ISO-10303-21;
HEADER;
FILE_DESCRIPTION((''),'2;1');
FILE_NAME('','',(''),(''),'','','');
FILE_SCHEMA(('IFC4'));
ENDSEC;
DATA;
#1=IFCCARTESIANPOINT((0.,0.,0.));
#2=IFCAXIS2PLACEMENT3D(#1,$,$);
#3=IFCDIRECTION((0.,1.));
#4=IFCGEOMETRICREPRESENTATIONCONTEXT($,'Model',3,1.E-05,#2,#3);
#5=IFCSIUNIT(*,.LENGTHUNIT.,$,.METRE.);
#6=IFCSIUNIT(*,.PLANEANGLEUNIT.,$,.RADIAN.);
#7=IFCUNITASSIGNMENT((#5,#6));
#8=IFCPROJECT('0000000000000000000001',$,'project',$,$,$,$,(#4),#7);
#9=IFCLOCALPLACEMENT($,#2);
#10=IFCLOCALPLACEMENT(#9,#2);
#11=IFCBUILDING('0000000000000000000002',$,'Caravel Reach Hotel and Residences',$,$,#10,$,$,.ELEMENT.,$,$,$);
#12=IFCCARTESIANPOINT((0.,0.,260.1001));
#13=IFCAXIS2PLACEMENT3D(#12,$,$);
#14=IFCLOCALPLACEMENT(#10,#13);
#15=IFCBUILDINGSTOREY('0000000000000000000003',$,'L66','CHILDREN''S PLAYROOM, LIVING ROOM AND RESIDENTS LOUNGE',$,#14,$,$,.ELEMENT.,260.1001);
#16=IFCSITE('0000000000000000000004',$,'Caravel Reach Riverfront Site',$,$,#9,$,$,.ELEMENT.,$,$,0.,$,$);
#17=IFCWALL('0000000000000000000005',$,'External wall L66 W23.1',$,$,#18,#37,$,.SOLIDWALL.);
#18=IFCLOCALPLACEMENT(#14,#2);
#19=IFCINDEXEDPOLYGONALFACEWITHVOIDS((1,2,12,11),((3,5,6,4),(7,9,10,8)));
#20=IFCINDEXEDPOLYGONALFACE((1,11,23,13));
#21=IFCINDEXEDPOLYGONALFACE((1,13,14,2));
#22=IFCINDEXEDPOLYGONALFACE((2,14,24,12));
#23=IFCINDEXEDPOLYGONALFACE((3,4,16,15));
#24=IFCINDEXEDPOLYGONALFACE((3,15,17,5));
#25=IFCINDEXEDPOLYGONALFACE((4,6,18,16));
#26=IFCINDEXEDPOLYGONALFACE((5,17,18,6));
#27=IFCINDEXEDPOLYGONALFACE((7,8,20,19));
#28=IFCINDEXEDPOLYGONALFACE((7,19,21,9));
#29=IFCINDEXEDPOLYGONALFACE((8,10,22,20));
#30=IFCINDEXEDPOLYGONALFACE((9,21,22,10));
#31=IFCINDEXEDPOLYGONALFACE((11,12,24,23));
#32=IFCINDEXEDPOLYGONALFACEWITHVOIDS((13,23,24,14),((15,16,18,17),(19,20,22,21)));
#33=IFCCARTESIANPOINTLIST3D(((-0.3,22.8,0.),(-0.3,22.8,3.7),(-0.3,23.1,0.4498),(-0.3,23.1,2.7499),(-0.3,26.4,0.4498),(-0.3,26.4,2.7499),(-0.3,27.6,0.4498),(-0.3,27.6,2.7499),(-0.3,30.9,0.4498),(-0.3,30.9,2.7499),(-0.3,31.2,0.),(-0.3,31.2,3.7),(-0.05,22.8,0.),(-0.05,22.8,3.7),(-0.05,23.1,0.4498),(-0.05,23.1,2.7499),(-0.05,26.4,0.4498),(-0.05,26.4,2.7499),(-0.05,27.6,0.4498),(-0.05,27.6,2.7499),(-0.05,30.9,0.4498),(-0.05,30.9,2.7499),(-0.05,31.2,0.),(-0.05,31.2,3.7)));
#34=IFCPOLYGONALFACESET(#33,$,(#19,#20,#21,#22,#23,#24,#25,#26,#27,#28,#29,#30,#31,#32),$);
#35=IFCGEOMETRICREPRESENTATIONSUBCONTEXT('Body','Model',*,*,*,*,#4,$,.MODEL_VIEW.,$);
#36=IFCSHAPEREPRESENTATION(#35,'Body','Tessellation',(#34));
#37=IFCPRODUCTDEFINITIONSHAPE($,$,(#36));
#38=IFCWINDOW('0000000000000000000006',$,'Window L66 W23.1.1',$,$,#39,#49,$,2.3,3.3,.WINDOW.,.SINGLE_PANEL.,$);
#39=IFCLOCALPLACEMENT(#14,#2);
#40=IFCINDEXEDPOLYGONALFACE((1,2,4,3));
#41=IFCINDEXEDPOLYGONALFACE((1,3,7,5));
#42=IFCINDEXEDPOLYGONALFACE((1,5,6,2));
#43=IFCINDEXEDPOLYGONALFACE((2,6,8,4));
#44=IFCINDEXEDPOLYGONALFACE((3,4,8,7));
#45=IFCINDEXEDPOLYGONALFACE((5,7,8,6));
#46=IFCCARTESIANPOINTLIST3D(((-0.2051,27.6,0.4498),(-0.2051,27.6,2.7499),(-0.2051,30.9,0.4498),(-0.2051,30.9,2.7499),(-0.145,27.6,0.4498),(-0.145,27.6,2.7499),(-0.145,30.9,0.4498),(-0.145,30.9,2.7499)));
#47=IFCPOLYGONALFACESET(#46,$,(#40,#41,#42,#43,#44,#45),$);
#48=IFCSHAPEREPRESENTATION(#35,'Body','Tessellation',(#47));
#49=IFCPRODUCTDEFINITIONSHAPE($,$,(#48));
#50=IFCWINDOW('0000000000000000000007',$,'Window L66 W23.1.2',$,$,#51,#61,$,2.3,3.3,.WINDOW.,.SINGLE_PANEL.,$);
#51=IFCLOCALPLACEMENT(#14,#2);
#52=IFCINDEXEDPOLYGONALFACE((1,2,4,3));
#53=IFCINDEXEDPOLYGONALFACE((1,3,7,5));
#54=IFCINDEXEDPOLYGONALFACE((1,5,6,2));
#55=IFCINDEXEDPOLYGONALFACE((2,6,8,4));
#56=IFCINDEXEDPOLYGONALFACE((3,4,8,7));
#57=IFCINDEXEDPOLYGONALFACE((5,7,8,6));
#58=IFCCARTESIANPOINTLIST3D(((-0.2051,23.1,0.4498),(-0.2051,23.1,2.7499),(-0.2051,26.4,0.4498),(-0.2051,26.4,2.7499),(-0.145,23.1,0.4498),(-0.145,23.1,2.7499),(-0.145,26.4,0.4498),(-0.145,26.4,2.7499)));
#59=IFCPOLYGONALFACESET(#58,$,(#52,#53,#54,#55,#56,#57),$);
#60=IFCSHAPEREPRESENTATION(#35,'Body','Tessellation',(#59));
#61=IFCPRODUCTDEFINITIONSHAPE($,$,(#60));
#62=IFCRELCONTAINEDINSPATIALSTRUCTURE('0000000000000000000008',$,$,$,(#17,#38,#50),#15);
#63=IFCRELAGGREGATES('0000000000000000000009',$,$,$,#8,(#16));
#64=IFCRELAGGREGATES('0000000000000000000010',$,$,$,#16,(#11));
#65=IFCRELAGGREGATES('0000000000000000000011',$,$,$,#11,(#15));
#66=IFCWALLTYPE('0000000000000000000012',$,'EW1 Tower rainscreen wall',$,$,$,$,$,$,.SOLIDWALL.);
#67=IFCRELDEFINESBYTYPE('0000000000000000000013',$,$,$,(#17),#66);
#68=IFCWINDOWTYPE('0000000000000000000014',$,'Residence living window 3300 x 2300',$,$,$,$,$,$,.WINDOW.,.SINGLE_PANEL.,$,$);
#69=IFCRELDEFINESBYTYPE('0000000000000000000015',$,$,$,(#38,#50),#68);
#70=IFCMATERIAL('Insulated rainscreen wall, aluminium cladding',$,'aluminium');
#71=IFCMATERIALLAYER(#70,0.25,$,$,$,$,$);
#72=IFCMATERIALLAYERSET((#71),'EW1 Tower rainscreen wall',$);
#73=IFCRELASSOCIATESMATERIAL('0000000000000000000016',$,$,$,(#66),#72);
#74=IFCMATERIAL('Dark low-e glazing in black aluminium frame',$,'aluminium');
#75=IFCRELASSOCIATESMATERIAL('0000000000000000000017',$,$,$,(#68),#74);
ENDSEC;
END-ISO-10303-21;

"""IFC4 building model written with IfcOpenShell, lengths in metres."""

from ifc_helpers import new_model, si_unit, direction, frame, frame_2d, origin, place, context, subcontext, project, spatial, rectangle, extrude, material, layer, layer_set, type_object, element, fill, save


model = new_model("IFC4")

# Units and contexts
model_context = context("Model", 3, precision=1e-05, world=origin(), true_north=direction((0.0, 1.0)))
body_context = subcontext(model_context, "Body", "Model", "MODEL_VIEW")
ifc_project = project(units=[si_unit("LENGTHUNIT", "METRE"), si_unit("PLANEANGLEUNIT", "RADIAN")], contexts=[model_context])

# Site, building, storey
site_placement = place(None, origin())
site = spatial("IfcSite", under=ifc_project, at=site_placement, Name="Caravel Reach Riverfront Site", CompositionType="ELEMENT", RefElevation=0.0)
building_placement = place(site_placement, origin())
building = spatial("IfcBuilding", under=site, at=building_placement, Name="Caravel Reach Hotel and Residences", CompositionType="ELEMENT")
storey_placement = place(building_placement, frame((0.0, 0.0, 260.1001)))
storey = spatial("IfcBuildingStorey", under=building, at=storey_placement, Name="L66", Description="CHILDREN'S PLAYROOM, LIVING ROOM AND RESIDENTS LOUNGE", CompositionType="ELEMENT", Elevation=260.1001)

# Shared definitions
ifc_material_1 = material(Name="Insulated rainscreen wall, aluminium cladding", Category="aluminium")
ifc_layer = layer(ifc_material_1, 0.25)
ifc_layer_set = layer_set([ifc_layer], Name="EW1 Tower rainscreen wall")
wall_type = type_object("IfcWallType", Name="EW1 Tower rainscreen wall", PredefinedType="SOLIDWALL", material=ifc_layer_set)

# Wall, openings, windows
wall_1_placement = place(storey_placement, frame((-0.175, 31.2, 0.0), z_axis=(0.0, 0.0, 1.0), x_axis=(0.0, -1.0, 0.0)))
wall_1 = element("IfcWall", 1, at=wall_1_placement, inside=storey, type_object=wall_type, Name="External wall L66 W23.1", PredefinedType="SOLIDWALL", context=body_context, shape_type="SweptSolid", body=[
    extrude(rectangle(XDim=8.3999, YDim=0.25, at=frame_2d((4.2, 0.0))), origin(), (0.0, 0.0, 1.0), 3.7),
])
opening_1_placement = place(wall_1_placement, frame((0.3, 0.0, 0.45)))
opening_1 = element("IfcOpeningElement", 2, at=opening_1_placement, cuts=wall_1, PredefinedType="OPENING", context=body_context, shape_type="SweptSolid", body=[
    extrude(rectangle(XDim=3.3, YDim=2.3, at=frame_2d((1.6499, 1.1499))), frame((0.0, 0.135, 0.0), z_axis=(0.0, -1.0, 0.0), x_axis=(1.0, 0.0, 0.0)), (0.0, 0.0, 1.0), 0.27),
])
opening_2_placement = place(wall_1_placement, frame((4.8, 0.0, 0.45)))
opening_2 = element("IfcOpeningElement", 3, at=opening_2_placement, cuts=wall_1, PredefinedType="OPENING", context=body_context, shape_type="SweptSolid", body=[
    extrude(rectangle(XDim=3.3, YDim=2.3, at=frame_2d((1.6499, 1.1499))), frame((0.0, 0.135, 0.0), z_axis=(0.0, -1.0, 0.0), x_axis=(1.0, 0.0, 0.0)), (0.0, 0.0, 1.0), 0.27),
])
ifc_material_2 = material(Name="Dark low-e glazing in black aluminium frame", Category="aluminium")
window_type_1 = type_object("IfcWindowType", Name="Residence living window 3300 x 2300", PartitioningType="SINGLE_PANEL", PredefinedType="WINDOW", material=ifc_material_2)
window_1_placement = place(opening_1_placement, origin())
window_1 = element("IfcWindow", 4, at=window_1_placement, inside=storey, type_object=window_type_1, Name="Window L66 W23.1.1", OverallHeight=2.3, OverallWidth=3.3, PartitioningType="SINGLE_PANEL", PredefinedType="WINDOW", context=body_context, shape_type="SweptSolid", body=[
    extrude(rectangle(XDim=3.3, YDim=2.3, at=frame_2d((1.6499, 1.1499))), frame((0.0, 0.03, 0.0), z_axis=(0.0, -1.0, 0.0), x_axis=(1.0, 0.0, 0.0)), (0.0, 0.0, 1.0), 0.0601),
])
fill(opening_1, window_1)
window_2_placement = place(opening_2_placement, origin())
window_2 = element("IfcWindow", 5, at=window_2_placement, inside=storey, type_object=window_type_1, Name="Window L66 W23.1.2", OverallHeight=2.3, OverallWidth=3.3, PartitioningType="SINGLE_PANEL", PredefinedType="WINDOW", context=body_context, shape_type="SweptSolid", body=[
    extrude(rectangle(XDim=3.3, YDim=2.3, at=frame_2d((1.6499, 1.1499))), frame((0.0, 0.03, 0.0), z_axis=(0.0, -1.0, 0.0), x_axis=(1.0, 0.0, 0.0)), (0.0, 0.0, 1.0), 0.0601),
])
fill(opening_2, window_2)

save(model, "model.ifc")
